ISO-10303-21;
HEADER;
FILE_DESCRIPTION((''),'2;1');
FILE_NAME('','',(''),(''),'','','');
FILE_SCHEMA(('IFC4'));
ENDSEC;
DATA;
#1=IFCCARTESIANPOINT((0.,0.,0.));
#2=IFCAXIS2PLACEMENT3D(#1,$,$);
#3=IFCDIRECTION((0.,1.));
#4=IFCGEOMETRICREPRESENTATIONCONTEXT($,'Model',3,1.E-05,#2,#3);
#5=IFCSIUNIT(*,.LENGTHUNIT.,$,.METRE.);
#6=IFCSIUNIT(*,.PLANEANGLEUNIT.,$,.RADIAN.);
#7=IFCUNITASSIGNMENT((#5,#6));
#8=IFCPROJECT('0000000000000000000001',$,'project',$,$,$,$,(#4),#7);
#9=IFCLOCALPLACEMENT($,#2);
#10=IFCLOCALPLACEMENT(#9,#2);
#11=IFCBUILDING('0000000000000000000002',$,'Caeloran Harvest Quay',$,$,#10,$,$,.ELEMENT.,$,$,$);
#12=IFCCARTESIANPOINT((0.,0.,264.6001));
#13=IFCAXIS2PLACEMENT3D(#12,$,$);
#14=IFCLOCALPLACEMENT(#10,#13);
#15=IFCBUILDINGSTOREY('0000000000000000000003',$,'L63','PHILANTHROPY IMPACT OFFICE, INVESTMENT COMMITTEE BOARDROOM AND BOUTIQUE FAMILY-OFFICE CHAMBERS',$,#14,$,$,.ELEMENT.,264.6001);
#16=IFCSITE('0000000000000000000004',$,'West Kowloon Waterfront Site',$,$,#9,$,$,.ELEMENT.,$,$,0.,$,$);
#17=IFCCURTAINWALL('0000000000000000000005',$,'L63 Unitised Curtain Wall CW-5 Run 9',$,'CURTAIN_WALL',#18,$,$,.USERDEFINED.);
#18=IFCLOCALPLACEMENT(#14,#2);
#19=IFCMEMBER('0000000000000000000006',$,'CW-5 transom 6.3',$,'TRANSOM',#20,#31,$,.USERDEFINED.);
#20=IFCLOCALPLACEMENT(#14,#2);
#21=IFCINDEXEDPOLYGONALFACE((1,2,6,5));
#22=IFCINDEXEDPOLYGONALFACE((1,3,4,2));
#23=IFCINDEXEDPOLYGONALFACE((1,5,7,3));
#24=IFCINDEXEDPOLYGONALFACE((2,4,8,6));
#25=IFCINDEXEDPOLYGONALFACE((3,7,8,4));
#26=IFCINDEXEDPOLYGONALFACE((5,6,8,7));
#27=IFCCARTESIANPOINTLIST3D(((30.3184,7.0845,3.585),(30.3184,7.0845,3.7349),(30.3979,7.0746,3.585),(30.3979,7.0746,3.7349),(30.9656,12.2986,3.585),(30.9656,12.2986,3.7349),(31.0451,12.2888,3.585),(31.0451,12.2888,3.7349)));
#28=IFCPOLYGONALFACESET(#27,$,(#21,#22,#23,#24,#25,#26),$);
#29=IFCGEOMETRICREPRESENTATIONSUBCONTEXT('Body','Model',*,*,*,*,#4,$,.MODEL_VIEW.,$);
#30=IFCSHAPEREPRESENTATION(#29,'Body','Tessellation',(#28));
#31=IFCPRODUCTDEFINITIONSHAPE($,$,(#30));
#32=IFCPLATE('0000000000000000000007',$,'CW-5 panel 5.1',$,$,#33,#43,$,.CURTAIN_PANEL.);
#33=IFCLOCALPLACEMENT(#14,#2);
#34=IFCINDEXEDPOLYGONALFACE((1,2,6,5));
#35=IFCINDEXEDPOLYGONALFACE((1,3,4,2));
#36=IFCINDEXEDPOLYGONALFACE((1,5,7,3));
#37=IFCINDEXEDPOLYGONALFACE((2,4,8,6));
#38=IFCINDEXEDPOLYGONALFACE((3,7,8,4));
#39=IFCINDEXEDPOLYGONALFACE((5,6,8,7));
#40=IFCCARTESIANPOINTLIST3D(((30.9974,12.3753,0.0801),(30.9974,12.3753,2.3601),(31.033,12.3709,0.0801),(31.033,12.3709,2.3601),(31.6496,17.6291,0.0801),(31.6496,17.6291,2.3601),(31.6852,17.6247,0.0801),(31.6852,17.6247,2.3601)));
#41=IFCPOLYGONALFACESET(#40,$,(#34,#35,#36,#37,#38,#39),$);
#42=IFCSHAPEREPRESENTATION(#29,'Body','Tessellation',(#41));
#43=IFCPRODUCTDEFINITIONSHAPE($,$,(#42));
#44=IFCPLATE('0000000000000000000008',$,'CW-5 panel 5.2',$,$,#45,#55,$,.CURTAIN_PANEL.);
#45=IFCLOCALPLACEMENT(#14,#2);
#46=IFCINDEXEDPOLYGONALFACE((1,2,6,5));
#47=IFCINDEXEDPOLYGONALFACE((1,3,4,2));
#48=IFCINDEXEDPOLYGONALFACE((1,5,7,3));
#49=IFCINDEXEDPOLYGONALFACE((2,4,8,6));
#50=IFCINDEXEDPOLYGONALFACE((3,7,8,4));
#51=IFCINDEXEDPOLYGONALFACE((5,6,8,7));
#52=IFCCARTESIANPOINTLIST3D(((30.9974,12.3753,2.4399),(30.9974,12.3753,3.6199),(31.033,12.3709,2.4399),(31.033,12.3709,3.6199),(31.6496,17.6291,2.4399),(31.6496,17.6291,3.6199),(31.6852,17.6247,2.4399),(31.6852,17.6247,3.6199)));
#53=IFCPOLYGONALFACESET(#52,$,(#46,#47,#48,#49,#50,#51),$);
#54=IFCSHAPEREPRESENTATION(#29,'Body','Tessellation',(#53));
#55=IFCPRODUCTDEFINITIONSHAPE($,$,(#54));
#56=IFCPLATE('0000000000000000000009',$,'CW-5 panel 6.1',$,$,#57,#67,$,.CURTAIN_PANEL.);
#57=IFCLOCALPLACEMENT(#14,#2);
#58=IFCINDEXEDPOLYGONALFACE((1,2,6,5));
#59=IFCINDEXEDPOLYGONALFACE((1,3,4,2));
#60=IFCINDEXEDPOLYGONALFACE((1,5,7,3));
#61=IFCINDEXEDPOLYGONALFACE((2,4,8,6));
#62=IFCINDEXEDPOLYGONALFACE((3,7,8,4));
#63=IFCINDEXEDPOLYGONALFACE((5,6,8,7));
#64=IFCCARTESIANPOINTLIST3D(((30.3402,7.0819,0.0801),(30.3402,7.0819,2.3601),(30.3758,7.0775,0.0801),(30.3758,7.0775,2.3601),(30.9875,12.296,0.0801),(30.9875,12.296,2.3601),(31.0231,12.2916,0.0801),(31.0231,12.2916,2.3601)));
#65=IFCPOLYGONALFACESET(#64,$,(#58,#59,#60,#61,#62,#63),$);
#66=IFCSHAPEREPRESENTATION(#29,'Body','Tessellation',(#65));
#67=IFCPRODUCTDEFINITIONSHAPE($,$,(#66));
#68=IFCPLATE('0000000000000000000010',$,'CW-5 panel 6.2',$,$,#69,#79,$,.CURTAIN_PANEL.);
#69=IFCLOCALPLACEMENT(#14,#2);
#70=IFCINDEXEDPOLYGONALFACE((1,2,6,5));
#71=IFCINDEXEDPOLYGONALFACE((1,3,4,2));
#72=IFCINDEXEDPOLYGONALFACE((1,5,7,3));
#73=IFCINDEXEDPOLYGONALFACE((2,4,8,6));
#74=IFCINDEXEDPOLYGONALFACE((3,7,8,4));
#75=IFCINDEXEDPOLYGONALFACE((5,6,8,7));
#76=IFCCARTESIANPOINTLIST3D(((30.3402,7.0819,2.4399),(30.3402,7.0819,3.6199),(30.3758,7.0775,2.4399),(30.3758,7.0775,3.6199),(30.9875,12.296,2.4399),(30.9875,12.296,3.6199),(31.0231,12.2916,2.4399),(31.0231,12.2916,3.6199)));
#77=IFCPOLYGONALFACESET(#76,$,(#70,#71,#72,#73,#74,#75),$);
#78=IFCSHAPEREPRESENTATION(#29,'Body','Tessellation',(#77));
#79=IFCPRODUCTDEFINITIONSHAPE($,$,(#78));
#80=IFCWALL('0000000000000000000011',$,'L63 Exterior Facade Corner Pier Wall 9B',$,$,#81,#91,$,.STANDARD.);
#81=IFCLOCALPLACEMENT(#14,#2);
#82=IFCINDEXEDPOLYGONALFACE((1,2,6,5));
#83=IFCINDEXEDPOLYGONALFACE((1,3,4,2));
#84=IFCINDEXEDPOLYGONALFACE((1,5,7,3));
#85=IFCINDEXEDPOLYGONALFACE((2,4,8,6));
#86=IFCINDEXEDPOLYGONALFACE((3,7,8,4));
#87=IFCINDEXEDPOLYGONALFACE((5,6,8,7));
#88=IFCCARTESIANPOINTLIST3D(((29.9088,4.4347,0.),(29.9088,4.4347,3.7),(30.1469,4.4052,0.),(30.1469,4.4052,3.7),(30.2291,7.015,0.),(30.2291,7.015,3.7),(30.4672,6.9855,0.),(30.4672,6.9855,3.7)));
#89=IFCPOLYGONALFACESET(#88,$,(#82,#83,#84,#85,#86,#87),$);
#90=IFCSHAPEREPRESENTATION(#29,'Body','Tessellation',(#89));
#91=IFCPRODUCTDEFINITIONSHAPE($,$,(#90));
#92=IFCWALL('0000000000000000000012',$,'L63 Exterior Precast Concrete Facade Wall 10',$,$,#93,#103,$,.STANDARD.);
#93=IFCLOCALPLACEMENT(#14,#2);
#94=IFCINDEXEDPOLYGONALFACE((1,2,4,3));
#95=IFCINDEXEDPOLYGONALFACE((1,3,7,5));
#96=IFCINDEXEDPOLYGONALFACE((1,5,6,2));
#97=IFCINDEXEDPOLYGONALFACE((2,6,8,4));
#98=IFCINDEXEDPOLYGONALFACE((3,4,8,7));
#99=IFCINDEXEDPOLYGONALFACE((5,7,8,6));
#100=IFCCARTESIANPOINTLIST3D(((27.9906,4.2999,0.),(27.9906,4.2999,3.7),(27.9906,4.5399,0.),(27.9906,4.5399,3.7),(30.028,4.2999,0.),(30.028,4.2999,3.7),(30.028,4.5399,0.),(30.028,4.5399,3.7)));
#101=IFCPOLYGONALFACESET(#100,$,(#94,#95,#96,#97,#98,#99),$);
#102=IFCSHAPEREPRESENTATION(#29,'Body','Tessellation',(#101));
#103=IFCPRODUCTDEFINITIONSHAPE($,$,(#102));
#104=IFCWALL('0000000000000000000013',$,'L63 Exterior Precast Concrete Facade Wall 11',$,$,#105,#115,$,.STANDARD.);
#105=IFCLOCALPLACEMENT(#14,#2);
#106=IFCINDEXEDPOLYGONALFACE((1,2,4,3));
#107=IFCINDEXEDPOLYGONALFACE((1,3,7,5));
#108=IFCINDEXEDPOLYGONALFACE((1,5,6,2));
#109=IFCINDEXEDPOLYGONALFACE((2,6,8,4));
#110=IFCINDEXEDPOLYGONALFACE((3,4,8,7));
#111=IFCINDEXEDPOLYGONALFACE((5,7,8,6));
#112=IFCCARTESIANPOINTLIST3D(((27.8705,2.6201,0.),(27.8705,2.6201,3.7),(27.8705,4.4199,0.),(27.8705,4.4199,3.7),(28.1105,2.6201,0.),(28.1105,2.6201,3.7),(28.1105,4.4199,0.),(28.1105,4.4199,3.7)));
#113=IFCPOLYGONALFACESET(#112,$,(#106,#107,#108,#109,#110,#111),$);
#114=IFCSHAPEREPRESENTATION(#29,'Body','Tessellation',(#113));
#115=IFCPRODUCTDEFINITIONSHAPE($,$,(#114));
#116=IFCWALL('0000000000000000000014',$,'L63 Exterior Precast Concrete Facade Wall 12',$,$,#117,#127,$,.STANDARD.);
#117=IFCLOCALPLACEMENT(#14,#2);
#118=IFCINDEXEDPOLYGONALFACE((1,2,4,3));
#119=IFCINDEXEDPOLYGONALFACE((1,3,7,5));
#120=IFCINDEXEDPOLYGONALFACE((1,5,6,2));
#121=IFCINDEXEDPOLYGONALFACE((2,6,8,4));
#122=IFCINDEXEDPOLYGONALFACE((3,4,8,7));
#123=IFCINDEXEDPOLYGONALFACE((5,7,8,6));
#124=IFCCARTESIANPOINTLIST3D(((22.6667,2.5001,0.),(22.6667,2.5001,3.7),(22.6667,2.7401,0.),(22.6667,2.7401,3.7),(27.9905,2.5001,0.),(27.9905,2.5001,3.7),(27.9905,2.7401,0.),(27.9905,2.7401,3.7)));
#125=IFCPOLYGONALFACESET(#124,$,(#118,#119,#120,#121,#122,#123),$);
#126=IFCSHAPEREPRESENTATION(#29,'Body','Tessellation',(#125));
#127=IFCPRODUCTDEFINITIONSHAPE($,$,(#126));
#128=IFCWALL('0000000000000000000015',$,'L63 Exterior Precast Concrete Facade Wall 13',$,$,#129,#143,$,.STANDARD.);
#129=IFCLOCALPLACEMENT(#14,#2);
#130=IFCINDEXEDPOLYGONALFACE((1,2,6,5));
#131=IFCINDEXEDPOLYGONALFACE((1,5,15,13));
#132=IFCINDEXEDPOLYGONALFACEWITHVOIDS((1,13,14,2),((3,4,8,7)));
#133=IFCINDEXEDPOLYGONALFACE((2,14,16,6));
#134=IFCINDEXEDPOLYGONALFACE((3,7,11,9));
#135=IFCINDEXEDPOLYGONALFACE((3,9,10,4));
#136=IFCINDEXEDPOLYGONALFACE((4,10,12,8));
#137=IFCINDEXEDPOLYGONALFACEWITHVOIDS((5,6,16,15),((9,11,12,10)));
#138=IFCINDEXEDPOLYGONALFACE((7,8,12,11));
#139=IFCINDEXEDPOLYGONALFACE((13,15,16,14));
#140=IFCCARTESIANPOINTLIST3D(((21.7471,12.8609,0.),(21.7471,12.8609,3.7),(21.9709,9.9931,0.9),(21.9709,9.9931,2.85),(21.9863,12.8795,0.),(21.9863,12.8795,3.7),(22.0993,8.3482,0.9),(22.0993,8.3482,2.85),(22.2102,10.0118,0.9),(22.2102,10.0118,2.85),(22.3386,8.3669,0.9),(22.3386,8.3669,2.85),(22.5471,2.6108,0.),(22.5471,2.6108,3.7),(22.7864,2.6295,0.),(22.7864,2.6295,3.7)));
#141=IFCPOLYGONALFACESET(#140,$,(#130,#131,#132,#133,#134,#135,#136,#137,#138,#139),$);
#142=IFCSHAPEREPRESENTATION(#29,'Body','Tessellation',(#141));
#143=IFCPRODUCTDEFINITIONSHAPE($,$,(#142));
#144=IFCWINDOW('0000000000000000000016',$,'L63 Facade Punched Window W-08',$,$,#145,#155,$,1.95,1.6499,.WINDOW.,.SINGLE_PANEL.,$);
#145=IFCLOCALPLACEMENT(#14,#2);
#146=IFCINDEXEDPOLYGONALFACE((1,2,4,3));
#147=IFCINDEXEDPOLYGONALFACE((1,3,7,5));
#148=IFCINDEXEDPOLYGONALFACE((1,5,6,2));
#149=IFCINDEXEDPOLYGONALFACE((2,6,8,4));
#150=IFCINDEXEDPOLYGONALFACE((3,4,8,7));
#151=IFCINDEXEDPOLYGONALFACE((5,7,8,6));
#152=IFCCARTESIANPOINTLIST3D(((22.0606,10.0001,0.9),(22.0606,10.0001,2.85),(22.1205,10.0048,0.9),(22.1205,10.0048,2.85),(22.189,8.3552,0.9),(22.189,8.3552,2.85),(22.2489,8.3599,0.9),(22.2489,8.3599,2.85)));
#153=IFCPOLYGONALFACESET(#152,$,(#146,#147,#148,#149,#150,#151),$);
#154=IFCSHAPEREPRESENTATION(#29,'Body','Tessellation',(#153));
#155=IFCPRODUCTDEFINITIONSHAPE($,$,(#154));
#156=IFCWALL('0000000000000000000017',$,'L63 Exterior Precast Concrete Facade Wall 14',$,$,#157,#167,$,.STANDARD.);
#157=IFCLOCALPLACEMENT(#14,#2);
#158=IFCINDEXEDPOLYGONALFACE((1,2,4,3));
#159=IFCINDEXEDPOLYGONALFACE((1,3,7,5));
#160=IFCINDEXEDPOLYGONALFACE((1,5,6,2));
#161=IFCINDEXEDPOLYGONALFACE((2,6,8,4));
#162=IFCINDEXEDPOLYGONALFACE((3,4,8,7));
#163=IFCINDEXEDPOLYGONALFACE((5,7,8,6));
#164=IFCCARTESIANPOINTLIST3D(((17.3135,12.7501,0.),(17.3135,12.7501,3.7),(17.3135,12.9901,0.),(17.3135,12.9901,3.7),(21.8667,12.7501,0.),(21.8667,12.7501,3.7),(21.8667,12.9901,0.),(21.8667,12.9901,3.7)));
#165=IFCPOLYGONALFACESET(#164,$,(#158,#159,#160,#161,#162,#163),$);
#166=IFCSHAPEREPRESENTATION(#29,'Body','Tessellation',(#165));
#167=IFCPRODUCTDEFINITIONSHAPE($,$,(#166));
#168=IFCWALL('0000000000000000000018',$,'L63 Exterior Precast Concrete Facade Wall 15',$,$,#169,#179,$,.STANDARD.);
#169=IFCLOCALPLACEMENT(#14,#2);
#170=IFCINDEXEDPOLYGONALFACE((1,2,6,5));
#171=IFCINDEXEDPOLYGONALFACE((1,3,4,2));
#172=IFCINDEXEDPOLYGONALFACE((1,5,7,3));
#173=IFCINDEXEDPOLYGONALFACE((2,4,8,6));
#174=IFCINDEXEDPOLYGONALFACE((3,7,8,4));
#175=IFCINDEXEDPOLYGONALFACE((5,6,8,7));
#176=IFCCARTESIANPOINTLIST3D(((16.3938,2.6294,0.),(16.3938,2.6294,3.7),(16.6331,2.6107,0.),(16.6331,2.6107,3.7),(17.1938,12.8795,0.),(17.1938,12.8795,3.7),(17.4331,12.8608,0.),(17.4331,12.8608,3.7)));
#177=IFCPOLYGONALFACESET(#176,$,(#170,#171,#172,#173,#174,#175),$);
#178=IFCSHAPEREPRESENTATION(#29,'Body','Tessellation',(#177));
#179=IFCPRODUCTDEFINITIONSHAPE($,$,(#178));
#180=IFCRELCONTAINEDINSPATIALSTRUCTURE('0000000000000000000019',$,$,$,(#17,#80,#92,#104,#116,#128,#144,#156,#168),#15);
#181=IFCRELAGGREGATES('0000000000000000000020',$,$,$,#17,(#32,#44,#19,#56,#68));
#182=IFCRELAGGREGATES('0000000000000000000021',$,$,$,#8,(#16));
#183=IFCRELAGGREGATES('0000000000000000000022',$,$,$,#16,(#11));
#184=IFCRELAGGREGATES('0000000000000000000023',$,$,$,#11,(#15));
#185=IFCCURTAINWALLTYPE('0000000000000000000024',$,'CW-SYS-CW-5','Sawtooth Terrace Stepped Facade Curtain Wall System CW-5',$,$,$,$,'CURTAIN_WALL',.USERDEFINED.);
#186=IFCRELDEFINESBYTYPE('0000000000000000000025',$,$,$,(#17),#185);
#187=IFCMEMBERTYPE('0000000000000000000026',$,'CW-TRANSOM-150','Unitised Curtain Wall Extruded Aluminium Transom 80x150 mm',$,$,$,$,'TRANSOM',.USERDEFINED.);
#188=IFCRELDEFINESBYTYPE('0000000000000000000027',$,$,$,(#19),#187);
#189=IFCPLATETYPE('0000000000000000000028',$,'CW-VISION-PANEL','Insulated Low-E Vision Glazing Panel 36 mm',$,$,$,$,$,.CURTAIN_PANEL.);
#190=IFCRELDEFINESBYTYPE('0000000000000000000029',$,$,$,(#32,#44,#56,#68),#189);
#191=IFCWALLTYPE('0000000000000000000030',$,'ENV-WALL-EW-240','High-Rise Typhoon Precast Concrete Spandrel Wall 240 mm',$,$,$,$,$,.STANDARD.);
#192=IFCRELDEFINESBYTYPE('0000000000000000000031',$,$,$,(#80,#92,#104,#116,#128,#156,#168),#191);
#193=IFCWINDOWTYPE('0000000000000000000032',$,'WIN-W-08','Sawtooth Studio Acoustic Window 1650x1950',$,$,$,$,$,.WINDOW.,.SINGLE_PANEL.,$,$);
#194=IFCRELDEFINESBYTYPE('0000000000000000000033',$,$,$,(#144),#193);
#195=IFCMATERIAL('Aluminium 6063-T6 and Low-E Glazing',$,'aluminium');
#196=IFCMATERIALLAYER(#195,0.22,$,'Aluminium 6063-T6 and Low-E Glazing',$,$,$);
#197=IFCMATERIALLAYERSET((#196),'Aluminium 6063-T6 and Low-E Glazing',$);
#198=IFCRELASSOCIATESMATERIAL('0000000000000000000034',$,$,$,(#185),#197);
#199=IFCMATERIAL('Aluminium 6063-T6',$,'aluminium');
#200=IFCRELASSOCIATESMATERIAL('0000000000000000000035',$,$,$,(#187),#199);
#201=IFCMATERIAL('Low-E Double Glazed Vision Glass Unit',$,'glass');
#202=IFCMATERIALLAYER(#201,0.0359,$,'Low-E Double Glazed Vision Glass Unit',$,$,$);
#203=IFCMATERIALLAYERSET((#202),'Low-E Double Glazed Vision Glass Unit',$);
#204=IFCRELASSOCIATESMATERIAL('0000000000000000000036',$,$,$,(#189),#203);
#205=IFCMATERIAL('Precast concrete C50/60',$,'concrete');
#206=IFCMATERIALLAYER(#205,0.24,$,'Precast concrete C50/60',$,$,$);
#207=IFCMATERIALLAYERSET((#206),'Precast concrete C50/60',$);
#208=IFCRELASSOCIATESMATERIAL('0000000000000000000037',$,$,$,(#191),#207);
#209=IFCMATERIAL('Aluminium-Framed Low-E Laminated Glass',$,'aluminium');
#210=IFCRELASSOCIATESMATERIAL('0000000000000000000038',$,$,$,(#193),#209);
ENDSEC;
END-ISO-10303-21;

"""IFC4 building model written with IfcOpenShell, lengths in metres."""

from ifc_helpers import new_model, si_unit, direction, frame, frame_2d, origin, origin_2d, place, context, subcontext, project, spatial, rectangle, extrude, material, layer, layer_set, material_profile, profile_set, type_object, element, fill, aggregate, save


model = new_model("IFC4")

# Units and contexts
model_context = context("Model", 3, precision=1e-05, world=origin(), true_north=direction((0.0, 1.0)))
body_context = subcontext(model_context, "Body", "Model", "MODEL_VIEW")
ifc_project = project(units=[si_unit("LENGTHUNIT", "METRE"), si_unit("PLANEANGLEUNIT", "RADIAN")], contexts=[model_context])

# Site, building, storey
site_placement = place(None, origin())
site = spatial("IfcSite", under=ifc_project, at=site_placement, Name="West Kowloon Waterfront Site", CompositionType="ELEMENT", RefElevation=0.0)
building_placement = place(site_placement, origin())
building = spatial("IfcBuilding", under=site, at=building_placement, Name="Caeloran Harvest Quay", CompositionType="ELEMENT")
storey_placement = place(building_placement, frame((0.0, 0.0, 264.6001)))
storey = spatial("IfcBuildingStorey", under=building, at=storey_placement, Name="L63", Description="PHILANTHROPY IMPACT OFFICE, INVESTMENT COMMITTEE BOARDROOM AND BOUTIQUE FAMILY-OFFICE CHAMBERS", CompositionType="ELEMENT", Elevation=264.6001)

# Curtain wall, member, plates
ifc_material_1 = material(Name="Aluminium 6063-T6 and Low-E Glazing", Category="aluminium")
ifc_layer_1 = layer(ifc_material_1, 0.22, Name="Aluminium 6063-T6 and Low-E Glazing")
ifc_layer_set_1 = layer_set([ifc_layer_1], Name="Aluminium 6063-T6 and Low-E Glazing")
curtain_wall_type = type_object("IfcCurtainWallType", Name="CW-SYS-CW-5", Description="Sawtooth Terrace Stepped Facade Curtain Wall System CW-5", ElementType="CURTAIN_WALL", PredefinedType="USERDEFINED", material=ifc_layer_set_1)
curtain_wall_placement = place(storey_placement, origin())
curtain_wall = element("IfcCurtainWall", 1, at=curtain_wall_placement, inside=storey, type_object=curtain_wall_type, Name="L63 Unitised Curtain Wall CW-5 Run 9", ObjectType="CURTAIN_WALL", PredefinedType="USERDEFINED")
ifc_material_2 = material(Name="Aluminium 6063-T6", Category="aluminium")
ifc_material_profile_1 = material_profile(ifc_material_2, rectangle(XDim=0.0801, YDim=0.1499, at=origin_2d()), Name="CW-TRANSOM-150")
ifc_profile_set_1 = profile_set([ifc_material_profile_1], Name="Aluminium 6063-T6")
member_type_1 = type_object("IfcMemberType", Name="CW-TRANSOM-150", Description="Unitised Curtain Wall Extruded Aluminium Transom 80x150 mm", ElementType="TRANSOM", PredefinedType="USERDEFINED", material=ifc_profile_set_1)
member_1_placement = place(storey_placement, frame((31.0054, 12.2937, 3.6599), z_axis=(-0.123183, -0.992384, 0.0), x_axis=(0.992384, -0.123183, 0.0)))
member_1 = element("IfcMember", 2, at=member_1_placement, type_object=member_type_1, Name="CW-5 transom 6.3", ObjectType="TRANSOM", PredefinedType="USERDEFINED", context=body_context, shape_type="SweptSolid", body=[
    extrude(rectangle(XDim=0.0801, YDim=0.1499, at=origin_2d()), origin(), (0.0, 0.0, 1.0), 5.2542),
])
ifc_material_3 = material(Name="Low-E Double Glazed Vision Glass Unit", Category="glass")
ifc_layer_2 = layer(ifc_material_3, 0.0359, Name="Low-E Double Glazed Vision Glass Unit")
ifc_layer_set_2 = layer_set([ifc_layer_2], Name="Low-E Double Glazed Vision Glass Unit")
plate_type = type_object("IfcPlateType", Name="CW-VISION-PANEL", Description="Insulated Low-E Vision Glazing Panel 36 mm", PredefinedType="CURTAIN_PANEL", material=ifc_layer_set_2)
plate_1_placement = place(storey_placement, frame((31.3413, 15.0, 0.0801), z_axis=(0.0, 0.0, 1.0), x_axis=(-0.12319, -0.992383, 0.0)))
plate_1 = element("IfcPlate", 3, at=plate_1_placement, type_object=plate_type, Name="CW-5 panel 5.1", PredefinedType="CURTAIN_PANEL", context=body_context, shape_type="SweptSolid", body=[
    extrude(rectangle(XDim=5.2942, YDim=0.0359, at=origin_2d()), origin(), (0.0, 0.0, 1.0), 2.28),
])
plate_2_placement = place(storey_placement, frame((31.3413, 15.0, 2.4399), z_axis=(0.0, 0.0, 1.0), x_axis=(-0.12319, -0.992383, 0.0)))
plate_2 = element("IfcPlate", 4, at=plate_2_placement, type_object=plate_type, Name="CW-5 panel 5.2", PredefinedType="CURTAIN_PANEL", context=body_context, shape_type="SweptSolid", body=[
    extrude(rectangle(XDim=5.2942, YDim=0.0359, at=origin_2d()), origin(), (0.0, 0.0, 1.0), 1.1799),
])
plate_3_placement = place(storey_placement, frame((30.6816, 9.6868, 0.0801), z_axis=(0.0, 0.0, 1.0), x_axis=(-0.12319, -0.992383, 0.0)))
plate_3 = element("IfcPlate", 5, at=plate_3_placement, type_object=plate_type, Name="CW-5 panel 6.1", PredefinedType="CURTAIN_PANEL", context=body_context, shape_type="SweptSolid", body=[
    extrude(rectangle(XDim=5.2542, YDim=0.0359, at=origin_2d()), origin(), (0.0, 0.0, 1.0), 2.28),
])
plate_4_placement = place(storey_placement, frame((30.6816, 9.6868, 2.4399), z_axis=(0.0, 0.0, 1.0), x_axis=(-0.12319, -0.992383, 0.0)))
plate_4 = element("IfcPlate", 6, at=plate_4_placement, type_object=plate_type, Name="CW-5 panel 6.2", PredefinedType="CURTAIN_PANEL", context=body_context, shape_type="SweptSolid", body=[
    extrude(rectangle(XDim=5.2542, YDim=0.0359, at=origin_2d()), origin(), (0.0, 0.0, 1.0), 1.1799),
])
aggregate(curtain_wall, [plate_1, plate_2, member_1, plate_3, plate_4])

# Walls
ifc_material_4 = material(Name="Precast concrete C50/60", Category="concrete")
ifc_layer_3 = layer(ifc_material_4, 0.24, Name="Precast concrete C50/60")
ifc_layer_set_3 = layer_set([ifc_layer_3], Name="Precast concrete C50/60")
wall_type = type_object("IfcWallType", Name="ENV-WALL-EW-240", Description="High-Rise Typhoon Precast Concrete Spandrel Wall 240 mm", PredefinedType="STANDARD", material=ifc_layer_set_3)
wall_1_placement = place(storey_placement, frame((30.3481, 7.0002, 0.0), z_axis=(0.0, 0.0, 1.0), x_axis=(-0.123191, -0.992383, 0.0)))
element("IfcWall", 7, at=wall_1_placement, inside=storey, type_object=wall_type, Name="L63 Exterior Facade Corner Pier Wall 9B", PredefinedType="STANDARD", context=body_context, shape_type="SweptSolid", body=[
    extrude(rectangle(XDim=2.6001, YDim=0.24, at=frame_2d((1.3, 0.0))), origin(), (0.0, 0.0, 1.0), 3.7),
])
wall_2_placement = place(storey_placement, frame((30.0278, 4.4199, 0.0), z_axis=(0.0, 0.0, 1.0), x_axis=(-1.0, 0.0, 0.0)))
element("IfcWall", 8, at=wall_2_placement, inside=storey, type_object=wall_type, Name="L63 Exterior Precast Concrete Facade Wall 10", PredefinedType="STANDARD", context=body_context, shape_type="SweptSolid", body=[
    extrude(rectangle(XDim=2.0374, YDim=0.24, at=frame_2d((1.0186, 0.0))), origin(), (0.0, 0.0, 1.0), 3.7),
])
wall_3_placement = place(storey_placement, frame((27.9905, 4.4199, 0.0), z_axis=(0.0, 0.0, 1.0), x_axis=(0.0, -1.0, 0.0)))
element("IfcWall", 9, at=wall_3_placement, inside=storey, type_object=wall_type, Name="L63 Exterior Precast Concrete Facade Wall 11", PredefinedType="STANDARD", context=body_context, shape_type="SweptSolid", body=[
    extrude(rectangle(XDim=1.7998, YDim=0.24, at=frame_2d((0.8999, 0.0))), origin(), (0.0, 0.0, 1.0), 3.7),
])
wall_4_placement = place(storey_placement, frame((27.9905, 2.6201, 0.0), z_axis=(0.0, 0.0, 1.0), x_axis=(-1.0, 0.0, 0.0)))
element("IfcWall", 10, at=wall_4_placement, inside=storey, type_object=wall_type, Name="L63 Exterior Precast Concrete Facade Wall 12", PredefinedType="STANDARD", context=body_context, shape_type="SweptSolid", body=[
    extrude(rectangle(XDim=5.3237, YDim=0.24, at=frame_2d((2.6619, 0.0))), origin(), (0.0, 0.0, 1.0), 3.7),
])

# Wall, opening, window
wall_5_placement = place(storey_placement, frame((22.6667, 2.6201, 0.0), z_axis=(0.0, 0.0, 1.0), x_axis=(-0.077817, 0.996968, 0.0)))
wall_5 = element("IfcWall", 11, at=wall_5_placement, inside=storey, type_object=wall_type, Name="L63 Exterior Precast Concrete Facade Wall 13", PredefinedType="STANDARD", context=body_context, shape_type="SweptSolid", body=[
    extrude(rectangle(XDim=10.2812, YDim=0.24, at=frame_2d((5.1406, 0.0))), origin(), (0.0, 0.0, 1.0), 3.7),
])
opening_1_placement = place(wall_5_placement, frame((5.7549, 0.0, 0.8999)))
opening_1 = element("IfcOpeningElement", 12, at=opening_1_placement, cuts=wall_5, PredefinedType="OPENING", context=body_context, shape_type="SweptSolid", body=[
    extrude(rectangle(XDim=1.6499, YDim=1.95, at=frame_2d((0.825, 0.9751))), frame((0.0, 0.1299, 0.0), z_axis=(0.0, -1.0, 0.0), x_axis=(1.0, 0.0, 0.0)), (0.0, 0.0, 1.0), 0.26),
])
ifc_material_5 = material(Name="Aluminium-Framed Low-E Laminated Glass", Category="aluminium")
window_type = type_object("IfcWindowType", Name="WIN-W-08", Description="Sawtooth Studio Acoustic Window 1650x1950", PartitioningType="SINGLE_PANEL", PredefinedType="WINDOW", material=ifc_material_5)
window_placement = place(opening_1_placement, origin())
window = element("IfcWindow", 13, at=window_placement, inside=storey, type_object=window_type, Name="L63 Facade Punched Window W-08", OverallHeight=1.95, OverallWidth=1.6499, PartitioningType="SINGLE_PANEL", PredefinedType="WINDOW", context=body_context, shape_type="SweptSolid", body=[
    extrude(rectangle(XDim=1.6499, YDim=1.95, at=frame_2d((0.825, 0.9751))), frame((0.0, 0.03, 0.0), z_axis=(0.0, -1.0, 0.0), x_axis=(1.0, 0.0, 0.0)), (0.0, 0.0, 1.0), 0.0601),
])
fill(opening_1, window)

# Walls
wall_6_placement = place(storey_placement, frame((21.8667, 12.8701, 0.0), z_axis=(0.0, 0.0, 1.0), x_axis=(-1.0, 0.0, 0.0)))
element("IfcWall", 14, at=wall_6_placement, inside=storey, type_object=wall_type, Name="L63 Exterior Precast Concrete Facade Wall 14", PredefinedType="STANDARD", context=body_context, shape_type="SweptSolid", body=[
    extrude(rectangle(XDim=4.5532, YDim=0.24, at=frame_2d((2.2766, 0.0))), origin(), (0.0, 0.0, 1.0), 3.7),
])
wall_7_placement = place(storey_placement, frame((17.3135, 12.8701, 0.0), z_axis=(0.0, 0.0, 1.0), x_axis=(-0.077817, -0.996968, 0.0)))
element("IfcWall", 15, at=wall_7_placement, inside=storey, type_object=wall_type, Name="L63 Exterior Precast Concrete Facade Wall 15", PredefinedType="STANDARD", context=body_context, shape_type="SweptSolid", body=[
    extrude(rectangle(XDim=10.2812, YDim=0.24, at=frame_2d((5.1406, 0.0))), origin(), (0.0, 0.0, 1.0), 3.7),
])

save(model, "model.ifc")
